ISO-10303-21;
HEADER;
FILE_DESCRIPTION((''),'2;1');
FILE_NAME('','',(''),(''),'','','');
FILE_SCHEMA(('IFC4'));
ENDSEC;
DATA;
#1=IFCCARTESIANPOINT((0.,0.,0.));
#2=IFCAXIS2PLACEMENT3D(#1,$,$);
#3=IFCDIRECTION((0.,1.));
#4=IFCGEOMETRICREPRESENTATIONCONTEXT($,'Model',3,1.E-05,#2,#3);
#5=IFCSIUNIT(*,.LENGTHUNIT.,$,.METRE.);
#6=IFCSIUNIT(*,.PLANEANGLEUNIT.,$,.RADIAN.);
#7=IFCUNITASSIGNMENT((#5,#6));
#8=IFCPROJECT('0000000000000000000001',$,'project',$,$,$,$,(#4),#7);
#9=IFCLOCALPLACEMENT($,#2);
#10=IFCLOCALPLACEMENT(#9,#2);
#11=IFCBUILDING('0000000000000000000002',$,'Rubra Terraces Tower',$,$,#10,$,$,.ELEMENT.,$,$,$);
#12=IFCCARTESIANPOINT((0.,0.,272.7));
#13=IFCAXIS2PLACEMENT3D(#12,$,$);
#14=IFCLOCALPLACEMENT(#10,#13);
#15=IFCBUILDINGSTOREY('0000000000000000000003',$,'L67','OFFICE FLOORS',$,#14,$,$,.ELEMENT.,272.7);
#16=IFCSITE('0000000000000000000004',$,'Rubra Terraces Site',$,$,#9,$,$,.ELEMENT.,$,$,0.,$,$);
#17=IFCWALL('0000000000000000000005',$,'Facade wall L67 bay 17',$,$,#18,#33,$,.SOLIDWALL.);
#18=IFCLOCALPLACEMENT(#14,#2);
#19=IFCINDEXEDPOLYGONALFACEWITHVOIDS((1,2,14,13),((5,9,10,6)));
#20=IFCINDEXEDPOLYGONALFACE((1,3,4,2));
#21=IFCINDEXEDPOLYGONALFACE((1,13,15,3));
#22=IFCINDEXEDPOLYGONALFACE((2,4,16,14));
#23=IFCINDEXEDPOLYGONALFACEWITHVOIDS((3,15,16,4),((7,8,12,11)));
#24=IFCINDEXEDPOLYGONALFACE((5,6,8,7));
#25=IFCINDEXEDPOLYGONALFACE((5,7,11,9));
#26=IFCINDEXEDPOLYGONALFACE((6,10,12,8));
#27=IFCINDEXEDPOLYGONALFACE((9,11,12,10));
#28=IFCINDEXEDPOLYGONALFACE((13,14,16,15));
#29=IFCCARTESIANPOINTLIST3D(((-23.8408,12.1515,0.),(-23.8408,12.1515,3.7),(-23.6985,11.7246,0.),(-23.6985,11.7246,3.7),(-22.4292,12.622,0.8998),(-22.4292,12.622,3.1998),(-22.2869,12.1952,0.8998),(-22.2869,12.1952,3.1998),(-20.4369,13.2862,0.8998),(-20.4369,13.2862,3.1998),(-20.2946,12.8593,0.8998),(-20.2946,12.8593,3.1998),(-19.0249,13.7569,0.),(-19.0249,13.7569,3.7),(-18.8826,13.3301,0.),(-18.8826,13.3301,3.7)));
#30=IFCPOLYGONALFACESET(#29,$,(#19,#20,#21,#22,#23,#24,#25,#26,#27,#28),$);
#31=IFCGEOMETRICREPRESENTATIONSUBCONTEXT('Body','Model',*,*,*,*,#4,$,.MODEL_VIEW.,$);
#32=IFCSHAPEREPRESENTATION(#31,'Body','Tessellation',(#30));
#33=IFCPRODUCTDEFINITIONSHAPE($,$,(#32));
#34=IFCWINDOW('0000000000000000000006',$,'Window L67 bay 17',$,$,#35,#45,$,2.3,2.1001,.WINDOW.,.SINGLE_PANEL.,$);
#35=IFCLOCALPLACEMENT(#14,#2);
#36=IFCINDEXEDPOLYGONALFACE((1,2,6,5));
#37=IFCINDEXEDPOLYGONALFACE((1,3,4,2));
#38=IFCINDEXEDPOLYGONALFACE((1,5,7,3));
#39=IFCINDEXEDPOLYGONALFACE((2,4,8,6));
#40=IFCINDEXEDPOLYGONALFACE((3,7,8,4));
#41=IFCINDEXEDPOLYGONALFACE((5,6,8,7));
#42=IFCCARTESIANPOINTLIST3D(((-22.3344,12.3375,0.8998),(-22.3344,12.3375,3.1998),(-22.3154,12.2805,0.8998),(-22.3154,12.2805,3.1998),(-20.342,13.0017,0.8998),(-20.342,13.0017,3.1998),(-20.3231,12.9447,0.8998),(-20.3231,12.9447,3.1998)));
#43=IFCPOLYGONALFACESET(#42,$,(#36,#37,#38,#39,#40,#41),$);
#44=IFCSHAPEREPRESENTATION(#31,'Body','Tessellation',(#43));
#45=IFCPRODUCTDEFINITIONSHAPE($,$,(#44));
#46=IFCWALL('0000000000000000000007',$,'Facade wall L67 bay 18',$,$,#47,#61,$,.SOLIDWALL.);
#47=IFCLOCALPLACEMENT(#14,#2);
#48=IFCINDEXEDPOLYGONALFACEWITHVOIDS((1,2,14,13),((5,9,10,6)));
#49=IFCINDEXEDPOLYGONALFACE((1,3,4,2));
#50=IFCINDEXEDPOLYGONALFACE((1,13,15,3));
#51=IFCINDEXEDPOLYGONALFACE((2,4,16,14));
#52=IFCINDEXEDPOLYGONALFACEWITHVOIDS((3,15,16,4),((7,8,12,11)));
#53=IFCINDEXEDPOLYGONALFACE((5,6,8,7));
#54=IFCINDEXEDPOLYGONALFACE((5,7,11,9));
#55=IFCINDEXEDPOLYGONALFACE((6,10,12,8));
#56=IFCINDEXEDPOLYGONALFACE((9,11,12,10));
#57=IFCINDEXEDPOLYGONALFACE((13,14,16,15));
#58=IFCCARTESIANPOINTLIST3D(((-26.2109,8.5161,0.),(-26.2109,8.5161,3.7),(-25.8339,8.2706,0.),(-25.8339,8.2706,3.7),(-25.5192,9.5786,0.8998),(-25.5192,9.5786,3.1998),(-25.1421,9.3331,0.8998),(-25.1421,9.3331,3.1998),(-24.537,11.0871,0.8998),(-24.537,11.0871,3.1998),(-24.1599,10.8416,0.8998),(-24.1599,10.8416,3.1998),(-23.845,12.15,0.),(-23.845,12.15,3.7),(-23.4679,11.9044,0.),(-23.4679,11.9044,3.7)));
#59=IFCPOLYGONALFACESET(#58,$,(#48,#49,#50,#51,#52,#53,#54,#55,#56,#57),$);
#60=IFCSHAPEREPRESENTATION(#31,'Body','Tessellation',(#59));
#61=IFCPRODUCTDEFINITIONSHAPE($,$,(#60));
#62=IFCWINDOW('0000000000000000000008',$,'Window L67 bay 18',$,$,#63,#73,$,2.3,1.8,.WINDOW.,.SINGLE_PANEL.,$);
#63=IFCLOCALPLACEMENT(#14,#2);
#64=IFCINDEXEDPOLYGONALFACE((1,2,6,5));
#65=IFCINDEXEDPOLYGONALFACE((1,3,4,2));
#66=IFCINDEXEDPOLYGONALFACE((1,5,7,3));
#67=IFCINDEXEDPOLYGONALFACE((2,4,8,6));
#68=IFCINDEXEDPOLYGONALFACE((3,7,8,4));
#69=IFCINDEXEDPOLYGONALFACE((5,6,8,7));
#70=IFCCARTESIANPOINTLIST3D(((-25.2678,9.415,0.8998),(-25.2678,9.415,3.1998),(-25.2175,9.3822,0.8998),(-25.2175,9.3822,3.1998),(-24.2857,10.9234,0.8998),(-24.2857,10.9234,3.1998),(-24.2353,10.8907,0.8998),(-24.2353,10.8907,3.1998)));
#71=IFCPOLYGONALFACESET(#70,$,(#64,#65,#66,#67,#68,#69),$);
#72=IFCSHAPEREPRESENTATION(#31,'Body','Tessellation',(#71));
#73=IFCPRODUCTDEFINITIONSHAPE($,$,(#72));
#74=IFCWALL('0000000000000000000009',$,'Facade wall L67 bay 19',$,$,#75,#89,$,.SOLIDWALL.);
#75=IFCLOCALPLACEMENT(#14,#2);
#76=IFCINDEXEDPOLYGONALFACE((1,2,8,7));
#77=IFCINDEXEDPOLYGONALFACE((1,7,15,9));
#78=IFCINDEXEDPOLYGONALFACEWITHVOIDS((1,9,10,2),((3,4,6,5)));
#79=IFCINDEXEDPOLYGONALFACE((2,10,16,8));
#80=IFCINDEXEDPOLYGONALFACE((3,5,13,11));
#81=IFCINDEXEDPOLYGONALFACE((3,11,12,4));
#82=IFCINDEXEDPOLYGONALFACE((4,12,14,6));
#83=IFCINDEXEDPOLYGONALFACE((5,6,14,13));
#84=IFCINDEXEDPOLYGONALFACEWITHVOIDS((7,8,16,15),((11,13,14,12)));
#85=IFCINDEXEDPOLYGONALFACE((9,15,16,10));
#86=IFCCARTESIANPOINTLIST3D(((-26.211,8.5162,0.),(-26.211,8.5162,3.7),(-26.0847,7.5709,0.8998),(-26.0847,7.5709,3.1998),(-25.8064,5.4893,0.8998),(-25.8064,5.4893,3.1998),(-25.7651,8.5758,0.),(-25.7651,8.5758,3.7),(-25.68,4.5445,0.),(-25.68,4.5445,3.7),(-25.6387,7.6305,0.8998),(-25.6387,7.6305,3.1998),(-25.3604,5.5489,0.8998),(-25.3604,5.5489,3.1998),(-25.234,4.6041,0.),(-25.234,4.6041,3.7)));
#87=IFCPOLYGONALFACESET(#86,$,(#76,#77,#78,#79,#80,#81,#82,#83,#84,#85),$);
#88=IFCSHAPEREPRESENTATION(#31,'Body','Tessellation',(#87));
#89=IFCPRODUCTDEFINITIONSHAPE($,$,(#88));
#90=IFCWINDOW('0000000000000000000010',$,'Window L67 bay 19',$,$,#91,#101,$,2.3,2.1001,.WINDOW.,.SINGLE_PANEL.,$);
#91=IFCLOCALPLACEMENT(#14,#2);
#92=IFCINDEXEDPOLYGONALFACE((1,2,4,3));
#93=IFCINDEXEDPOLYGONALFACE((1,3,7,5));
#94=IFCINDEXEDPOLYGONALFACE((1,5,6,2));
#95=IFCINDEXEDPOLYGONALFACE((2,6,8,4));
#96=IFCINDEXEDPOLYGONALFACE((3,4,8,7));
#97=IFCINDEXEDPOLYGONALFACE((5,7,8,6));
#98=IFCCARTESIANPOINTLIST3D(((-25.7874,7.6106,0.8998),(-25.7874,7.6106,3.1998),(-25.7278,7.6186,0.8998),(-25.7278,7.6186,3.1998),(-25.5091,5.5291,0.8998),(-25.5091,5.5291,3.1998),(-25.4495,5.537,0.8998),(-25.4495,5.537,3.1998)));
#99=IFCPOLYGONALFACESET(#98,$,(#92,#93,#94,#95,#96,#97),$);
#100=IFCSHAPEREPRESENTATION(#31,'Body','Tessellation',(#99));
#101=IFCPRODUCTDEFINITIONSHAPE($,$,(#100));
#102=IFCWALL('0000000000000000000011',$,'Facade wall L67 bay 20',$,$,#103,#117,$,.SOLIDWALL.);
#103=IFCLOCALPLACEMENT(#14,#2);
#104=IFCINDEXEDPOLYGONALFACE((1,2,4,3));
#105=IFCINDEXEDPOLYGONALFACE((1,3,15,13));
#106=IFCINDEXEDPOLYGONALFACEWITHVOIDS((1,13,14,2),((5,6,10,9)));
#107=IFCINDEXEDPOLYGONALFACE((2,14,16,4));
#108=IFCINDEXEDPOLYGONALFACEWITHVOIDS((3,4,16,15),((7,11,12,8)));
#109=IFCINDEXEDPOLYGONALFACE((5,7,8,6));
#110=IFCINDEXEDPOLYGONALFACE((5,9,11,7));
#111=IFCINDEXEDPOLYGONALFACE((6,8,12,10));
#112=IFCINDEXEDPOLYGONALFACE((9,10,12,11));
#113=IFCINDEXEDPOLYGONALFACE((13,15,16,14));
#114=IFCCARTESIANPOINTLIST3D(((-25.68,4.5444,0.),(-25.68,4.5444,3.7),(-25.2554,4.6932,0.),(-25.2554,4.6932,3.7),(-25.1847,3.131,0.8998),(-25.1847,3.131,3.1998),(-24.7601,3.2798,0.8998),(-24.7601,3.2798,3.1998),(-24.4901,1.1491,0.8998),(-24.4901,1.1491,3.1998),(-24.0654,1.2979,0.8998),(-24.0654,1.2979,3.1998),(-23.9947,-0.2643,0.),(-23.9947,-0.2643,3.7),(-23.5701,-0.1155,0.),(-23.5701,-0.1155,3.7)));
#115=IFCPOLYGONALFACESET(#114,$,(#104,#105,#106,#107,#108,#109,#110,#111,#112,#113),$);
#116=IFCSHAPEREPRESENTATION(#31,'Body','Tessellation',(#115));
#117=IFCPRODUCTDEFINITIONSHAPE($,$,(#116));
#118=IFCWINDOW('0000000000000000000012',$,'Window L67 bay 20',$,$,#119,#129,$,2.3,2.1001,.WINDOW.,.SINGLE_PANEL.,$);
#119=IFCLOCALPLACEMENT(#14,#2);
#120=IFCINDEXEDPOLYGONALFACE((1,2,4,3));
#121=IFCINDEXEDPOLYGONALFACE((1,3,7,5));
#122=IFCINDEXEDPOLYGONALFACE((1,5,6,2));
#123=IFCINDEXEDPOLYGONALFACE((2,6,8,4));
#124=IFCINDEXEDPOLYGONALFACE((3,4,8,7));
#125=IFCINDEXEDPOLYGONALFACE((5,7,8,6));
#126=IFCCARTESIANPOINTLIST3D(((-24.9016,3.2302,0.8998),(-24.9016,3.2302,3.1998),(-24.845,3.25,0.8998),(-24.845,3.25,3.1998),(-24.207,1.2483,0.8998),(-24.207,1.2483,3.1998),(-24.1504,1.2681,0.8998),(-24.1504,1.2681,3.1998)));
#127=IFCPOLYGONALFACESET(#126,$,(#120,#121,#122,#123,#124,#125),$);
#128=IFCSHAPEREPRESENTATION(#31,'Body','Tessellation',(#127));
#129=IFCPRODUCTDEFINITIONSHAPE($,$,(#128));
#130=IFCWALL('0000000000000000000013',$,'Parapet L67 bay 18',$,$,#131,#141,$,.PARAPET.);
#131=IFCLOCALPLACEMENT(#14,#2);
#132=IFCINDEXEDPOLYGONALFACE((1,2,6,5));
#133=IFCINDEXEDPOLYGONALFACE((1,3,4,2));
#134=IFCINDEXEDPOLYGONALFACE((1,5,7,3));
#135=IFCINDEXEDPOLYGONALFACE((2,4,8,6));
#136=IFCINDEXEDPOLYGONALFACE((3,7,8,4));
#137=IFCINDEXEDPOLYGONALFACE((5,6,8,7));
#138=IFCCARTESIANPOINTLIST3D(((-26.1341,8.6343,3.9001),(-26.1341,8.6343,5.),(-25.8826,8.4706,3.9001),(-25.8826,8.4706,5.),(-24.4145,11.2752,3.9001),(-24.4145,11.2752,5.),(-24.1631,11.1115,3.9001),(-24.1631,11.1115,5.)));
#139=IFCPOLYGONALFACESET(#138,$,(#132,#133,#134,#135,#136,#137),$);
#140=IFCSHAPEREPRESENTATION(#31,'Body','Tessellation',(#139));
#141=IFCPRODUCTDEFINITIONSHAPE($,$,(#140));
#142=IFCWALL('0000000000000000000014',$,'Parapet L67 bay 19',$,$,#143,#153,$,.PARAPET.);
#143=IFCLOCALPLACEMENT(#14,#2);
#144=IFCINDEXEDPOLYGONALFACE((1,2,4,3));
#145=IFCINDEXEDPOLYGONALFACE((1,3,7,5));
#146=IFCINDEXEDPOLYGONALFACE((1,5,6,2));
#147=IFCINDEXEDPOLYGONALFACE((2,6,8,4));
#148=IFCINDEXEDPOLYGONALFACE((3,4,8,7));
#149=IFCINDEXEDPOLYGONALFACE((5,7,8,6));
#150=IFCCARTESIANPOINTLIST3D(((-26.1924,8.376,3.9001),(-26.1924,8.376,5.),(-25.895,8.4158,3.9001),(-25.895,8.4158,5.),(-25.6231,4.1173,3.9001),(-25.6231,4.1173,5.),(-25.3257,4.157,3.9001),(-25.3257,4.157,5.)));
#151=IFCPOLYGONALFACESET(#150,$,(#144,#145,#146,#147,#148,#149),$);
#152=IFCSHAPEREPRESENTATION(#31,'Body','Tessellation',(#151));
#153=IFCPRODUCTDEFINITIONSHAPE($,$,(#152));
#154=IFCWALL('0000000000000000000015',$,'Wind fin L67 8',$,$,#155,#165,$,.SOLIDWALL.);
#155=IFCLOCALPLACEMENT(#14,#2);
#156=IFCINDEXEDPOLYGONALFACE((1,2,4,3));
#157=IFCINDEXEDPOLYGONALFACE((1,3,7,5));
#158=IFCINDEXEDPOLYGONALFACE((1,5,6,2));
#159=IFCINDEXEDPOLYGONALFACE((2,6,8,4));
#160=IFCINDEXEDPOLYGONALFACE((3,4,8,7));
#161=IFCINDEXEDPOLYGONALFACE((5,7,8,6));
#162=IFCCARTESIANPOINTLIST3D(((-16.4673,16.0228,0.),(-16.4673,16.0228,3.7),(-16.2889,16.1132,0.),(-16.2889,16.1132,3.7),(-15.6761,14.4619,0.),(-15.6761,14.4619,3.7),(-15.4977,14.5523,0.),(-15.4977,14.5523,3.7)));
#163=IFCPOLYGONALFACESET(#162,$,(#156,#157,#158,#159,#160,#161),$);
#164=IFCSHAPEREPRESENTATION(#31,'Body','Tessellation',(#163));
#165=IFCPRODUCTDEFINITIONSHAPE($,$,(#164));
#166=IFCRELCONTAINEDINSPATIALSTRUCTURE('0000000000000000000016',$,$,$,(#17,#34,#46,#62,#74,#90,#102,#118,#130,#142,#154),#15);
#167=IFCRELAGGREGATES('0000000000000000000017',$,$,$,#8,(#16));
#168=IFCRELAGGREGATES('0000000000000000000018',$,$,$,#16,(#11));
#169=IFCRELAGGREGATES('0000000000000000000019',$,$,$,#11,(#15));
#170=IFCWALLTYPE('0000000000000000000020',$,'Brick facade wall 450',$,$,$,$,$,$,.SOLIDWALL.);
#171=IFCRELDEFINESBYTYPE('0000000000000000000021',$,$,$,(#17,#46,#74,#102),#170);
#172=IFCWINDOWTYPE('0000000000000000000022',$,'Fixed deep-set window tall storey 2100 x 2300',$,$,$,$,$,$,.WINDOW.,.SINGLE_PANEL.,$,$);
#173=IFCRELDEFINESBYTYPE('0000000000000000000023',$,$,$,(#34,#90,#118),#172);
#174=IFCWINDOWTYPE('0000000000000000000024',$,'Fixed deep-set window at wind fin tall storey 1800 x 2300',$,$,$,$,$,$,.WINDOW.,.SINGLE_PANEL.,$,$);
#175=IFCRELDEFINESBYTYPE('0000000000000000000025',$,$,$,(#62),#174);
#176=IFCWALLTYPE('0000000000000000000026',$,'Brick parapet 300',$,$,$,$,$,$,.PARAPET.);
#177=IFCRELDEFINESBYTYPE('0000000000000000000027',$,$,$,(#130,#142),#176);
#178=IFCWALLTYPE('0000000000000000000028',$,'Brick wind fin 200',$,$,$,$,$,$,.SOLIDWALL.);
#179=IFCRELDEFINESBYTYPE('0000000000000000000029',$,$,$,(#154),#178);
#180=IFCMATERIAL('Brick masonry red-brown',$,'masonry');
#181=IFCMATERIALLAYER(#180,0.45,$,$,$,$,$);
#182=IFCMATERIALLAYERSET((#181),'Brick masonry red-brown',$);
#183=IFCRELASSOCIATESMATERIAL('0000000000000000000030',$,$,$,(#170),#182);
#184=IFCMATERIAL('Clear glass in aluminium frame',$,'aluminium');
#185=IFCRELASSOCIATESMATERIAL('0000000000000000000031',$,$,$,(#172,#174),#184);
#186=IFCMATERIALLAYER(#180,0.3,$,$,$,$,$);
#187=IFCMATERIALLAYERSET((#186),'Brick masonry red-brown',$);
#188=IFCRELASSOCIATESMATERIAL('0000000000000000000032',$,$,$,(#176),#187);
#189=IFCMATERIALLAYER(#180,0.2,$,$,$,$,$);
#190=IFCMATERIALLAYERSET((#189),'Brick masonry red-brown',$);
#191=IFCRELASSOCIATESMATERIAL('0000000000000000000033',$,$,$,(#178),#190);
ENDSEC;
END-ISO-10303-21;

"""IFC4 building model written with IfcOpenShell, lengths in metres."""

from ifc_helpers import new_model, si_unit, direction, frame, frame_2d, origin, place, context, subcontext, project, spatial, rectangle, extrude, material, layer, layer_set, type_object, element, fill, save


model = new_model("IFC4")

# Units and contexts
model_context = context("Model", 3, precision=1e-05, world=origin(), true_north=direction((0.0, 1.0)))
body_context = subcontext(model_context, "Body", "Model", "MODEL_VIEW")
ifc_project = project(units=[si_unit("LENGTHUNIT", "METRE"), si_unit("PLANEANGLEUNIT", "RADIAN")], contexts=[model_context])

# Site, building, storey
site_placement = place(None, origin())
site = spatial("IfcSite", under=ifc_project, at=site_placement, Name="Rubra Terraces Site", CompositionType="ELEMENT", RefElevation=0.0)
building_placement = place(site_placement, origin())
building = spatial("IfcBuilding", under=site, at=building_placement, Name="Rubra Terraces Tower", CompositionType="ELEMENT")
storey_placement = place(building_placement, frame((0.0, 0.0, 272.7)))
storey = spatial("IfcBuildingStorey", under=building, at=storey_placement, Name="L67", Description="OFFICE FLOORS", CompositionType="ELEMENT", Elevation=272.7)

# Walls, openings, windows
ifc_material_1 = material(Name="Brick masonry red-brown", Category="masonry")
ifc_layer_1 = layer(ifc_material_1, 0.45)
ifc_layer_set_1 = layer_set([ifc_layer_1], Name="Brick masonry red-brown")
wall_type_1 = type_object("IfcWallType", Name="Brick facade wall 450", PredefinedType="SOLIDWALL", material=ifc_layer_set_1)
wall_1_placement = place(storey_placement, frame((-18.9539, 13.5435, 0.0), z_axis=(0.0, 0.0, 1.0), x_axis=(-0.948674, -0.316257, 0.0)))
wall_1 = element("IfcWall", 1, at=wall_1_placement, inside=storey, type_object=wall_type_1, Name="Facade wall L67 bay 17", PredefinedType="SOLIDWALL", context=body_context, shape_type="SweptSolid", body=[
    extrude(rectangle(XDim=5.0764, YDim=0.45, at=frame_2d((2.5381, 0.0))), origin(), (0.0, 0.0, 1.0), 3.7),
])
opening_1_placement = place(wall_1_placement, frame((1.4883, 0.0, 0.8999)))
opening_1 = element("IfcOpeningElement", 2, at=opening_1_placement, cuts=wall_1, PredefinedType="OPENING", context=body_context, shape_type="SweptSolid", body=[
    extrude(rectangle(XDim=2.1001, YDim=2.3, at=frame_2d((1.05, 1.1499))), frame((0.0, 0.2349, 0.0), z_axis=(0.0, -1.0, 0.0), x_axis=(1.0, 0.0, 0.0)), (0.0, 0.0, 1.0), 0.47),
])
ifc_material_2 = material(Name="Clear glass in aluminium frame", Category="aluminium")
window_type_1 = type_object("IfcWindowType", Name="Fixed deep-set window tall storey 2100 x 2300", PartitioningType="SINGLE_PANEL", PredefinedType="WINDOW", material=ifc_material_2)
window_1_placement = place(opening_1_placement, origin())
window_1 = element("IfcWindow", 3, at=window_1_placement, inside=storey, type_object=window_type_1, Name="Window L67 bay 17", OverallHeight=2.3, OverallWidth=2.1001, PartitioningType="SINGLE_PANEL", PredefinedType="WINDOW", context=body_context, shape_type="SweptSolid", body=[
    extrude(rectangle(XDim=2.1001, YDim=2.3, at=frame_2d((1.05, 1.1499))), frame((0.0, 0.135, 0.0), z_axis=(0.0, -1.0, 0.0), x_axis=(1.0, 0.0, 0.0)), (0.0, 0.0, 1.0), 0.0601),
])
fill(opening_1, window_1)
wall_2_placement = place(storey_placement, frame((-23.6565, 12.0271, 0.0), z_axis=(0.0, 0.0, 1.0), x_axis=(-0.545637, -0.838021, 0.0)))
wall_2 = element("IfcWall", 4, at=wall_2_placement, inside=storey, type_object=wall_type_1, Name="Facade wall L67 bay 18", PredefinedType="SOLIDWALL", context=body_context, shape_type="SweptSolid", body=[
    extrude(rectangle(XDim=4.3362, YDim=0.45, at=frame_2d((2.168, 0.0))), origin(), (0.0, 0.0, 1.0), 3.7),
])
opening_2_placement = place(wall_2_placement, frame((1.2683, 0.0, 0.8999)))
opening_2 = element("IfcOpeningElement", 5, at=opening_2_placement, cuts=wall_2, PredefinedType="OPENING", context=body_context, shape_type="SweptSolid", body=[
    extrude(rectangle(XDim=1.8, YDim=2.3, at=frame_2d((0.8999, 1.1499))), frame((0.0, 0.2349, 0.0), z_axis=(0.0, -1.0, 0.0), x_axis=(1.0, 0.0, 0.0)), (0.0, 0.0, 1.0), 0.47),
])
window_type_2 = type_object("IfcWindowType", Name="Fixed deep-set window at wind fin tall storey 1800 x 2300", PartitioningType="SINGLE_PANEL", PredefinedType="WINDOW", material=ifc_material_2)
window_2_placement = place(opening_2_placement, origin())
window_2 = element("IfcWindow", 6, at=window_2_placement, inside=storey, type_object=window_type_2, Name="Window L67 bay 18", OverallHeight=2.3, OverallWidth=1.8, PartitioningType="SINGLE_PANEL", PredefinedType="WINDOW", context=body_context, shape_type="SweptSolid", body=[
    extrude(rectangle(XDim=1.8, YDim=2.3, at=frame_2d((0.8999, 1.1499))), frame((0.0, 0.135, 0.0), z_axis=(0.0, -1.0, 0.0), x_axis=(1.0, 0.0, 0.0)), (0.0, 0.0, 1.0), 0.0601),
])
fill(opening_2, window_2)
wall_3_placement = place(storey_placement, frame((-25.988, 8.5459, 0.0), z_axis=(0.0, 0.0, 1.0), x_axis=(0.132519, -0.99118, 0.0)))
wall_3 = element("IfcWall", 7, at=wall_3_placement, inside=storey, type_object=wall_type_1, Name="Facade wall L67 bay 19", PredefinedType="SOLIDWALL", context=body_context, shape_type="SweptSolid", body=[
    extrude(rectangle(XDim=4.0071, YDim=0.45, at=frame_2d((2.0034, 0.0))), origin(), (0.0, 0.0, 1.0), 3.7),
])
opening_3_placement = place(wall_3_placement, frame((0.9536, 0.0, 0.8999)))
opening_3 = element("IfcOpeningElement", 8, at=opening_3_placement, cuts=wall_3, PredefinedType="OPENING", context=body_context, shape_type="SweptSolid", body=[
    extrude(rectangle(XDim=2.1001, YDim=2.3, at=frame_2d((1.05, 1.1499))), frame((0.0, 0.2349, 0.0), z_axis=(0.0, -1.0, 0.0), x_axis=(1.0, 0.0, 0.0)), (0.0, 0.0, 1.0), 0.47),
])
window_3_placement = place(opening_3_placement, origin())
window_3 = element("IfcWindow", 9, at=window_3_placement, inside=storey, type_object=window_type_1, Name="Window L67 bay 19", OverallHeight=2.3, OverallWidth=2.1001, PartitioningType="SINGLE_PANEL", PredefinedType="WINDOW", context=body_context, shape_type="SweptSolid", body=[
    extrude(rectangle(XDim=2.1001, YDim=2.3, at=frame_2d((1.05, 1.1499))), frame((0.0, 0.135, 0.0), z_axis=(0.0, -1.0, 0.0), x_axis=(1.0, 0.0, 0.0)), (0.0, 0.0, 1.0), 0.0601),
])
fill(opening_3, window_3)
wall_4_placement = place(storey_placement, frame((-25.4678, 4.6189, 0.0), z_axis=(0.0, 0.0, 1.0), x_axis=(0.330752, -0.943718, 0.0)))
wall_4 = element("IfcWall", 10, at=wall_4_placement, inside=storey, type_object=wall_type_1, Name="Facade wall L67 bay 20", PredefinedType="SOLIDWALL", context=body_context, shape_type="SweptSolid", body=[
    extrude(rectangle(XDim=5.0955, YDim=0.45, at=frame_2d((2.5479, 0.0))), origin(), (0.0, 0.0, 1.0), 3.7),
])
opening_4_placement = place(wall_4_placement, frame((1.4978, 0.0, 0.8999)))
opening_4 = element("IfcOpeningElement", 11, at=opening_4_placement, cuts=wall_4, PredefinedType="OPENING", context=body_context, shape_type="SweptSolid", body=[
    extrude(rectangle(XDim=2.1001, YDim=2.3, at=frame_2d((1.05, 1.1499))), frame((0.0, 0.2349, 0.0), z_axis=(0.0, -1.0, 0.0), x_axis=(1.0, 0.0, 0.0)), (0.0, 0.0, 1.0), 0.47),
])
window_4_placement = place(opening_4_placement, origin())
window_4 = element("IfcWindow", 12, at=window_4_placement, inside=storey, type_object=window_type_1, Name="Window L67 bay 20", OverallHeight=2.3, OverallWidth=2.1001, PartitioningType="SINGLE_PANEL", PredefinedType="WINDOW", context=body_context, shape_type="SweptSolid", body=[
    extrude(rectangle(XDim=2.1001, YDim=2.3, at=frame_2d((1.05, 1.1499))), frame((0.0, 0.135, 0.0), z_axis=(0.0, -1.0, 0.0), x_axis=(1.0, 0.0, 0.0)), (0.0, 0.0, 1.0), 0.0601),
])
fill(opening_4, window_4)

# Walls
ifc_layer_2 = layer(ifc_material_1, 0.3)
ifc_layer_set_2 = layer_set([ifc_layer_2], Name="Brick masonry red-brown")
wall_type_2 = type_object("IfcWallType", Name="Brick parapet 300", PredefinedType="PARAPET", material=ifc_layer_set_2)
wall_5_placement = place(storey_placement, frame((-24.2888, 11.1934, 3.9001), z_axis=(0.0, 0.0, 1.0), x_axis=(-0.545639, -0.83802, 0.0)))
element("IfcWall", 13, at=wall_5_placement, inside=storey, type_object=wall_type_2, Name="Parapet L67 bay 18", PredefinedType="PARAPET", context=body_context, shape_type="SweptSolid", body=[
    extrude(rectangle(XDim=3.1514, YDim=0.3, at=frame_2d((1.5757, 0.0))), origin(), (0.0, 0.0, 1.0), 1.0999),
])
wall_6_placement = place(storey_placement, frame((-26.0437, 8.396, 3.9001), z_axis=(0.0, 0.0, 1.0), x_axis=(0.132506, -0.991182, 0.0)))
element("IfcWall", 14, at=wall_6_placement, inside=storey, type_object=wall_type_2, Name="Parapet L67 bay 19", PredefinedType="PARAPET", context=body_context, shape_type="SweptSolid", body=[
    extrude(rectangle(XDim=4.2966, YDim=0.3, at=frame_2d((2.1484, 0.0))), origin(), (0.0, 0.0, 1.0), 1.0999),
])
ifc_layer_3 = layer(ifc_material_1, 0.2)
ifc_layer_set_3 = layer_set([ifc_layer_3], Name="Brick masonry red-brown")
wall_type_3 = type_object("IfcWallType", Name="Brick wind fin 200", PredefinedType="SOLIDWALL", material=ifc_layer_set_3)
wall_7_placement = place(storey_placement, frame((-15.5869, 14.5071, 0.0), z_axis=(0.0, 0.0, 1.0), x_axis=(-0.452117, 0.891959, 0.0)))
element("IfcWall", 15, at=wall_7_placement, inside=storey, type_object=wall_type_3, Name="Wind fin L67 8", PredefinedType="SOLIDWALL", context=body_context, shape_type="SweptSolid", body=[
    extrude(rectangle(XDim=1.75, YDim=0.2, at=frame_2d((0.875, 0.0))), origin(), (0.0, 0.0, 1.0), 3.7),
])

save(model, "model.ifc")
